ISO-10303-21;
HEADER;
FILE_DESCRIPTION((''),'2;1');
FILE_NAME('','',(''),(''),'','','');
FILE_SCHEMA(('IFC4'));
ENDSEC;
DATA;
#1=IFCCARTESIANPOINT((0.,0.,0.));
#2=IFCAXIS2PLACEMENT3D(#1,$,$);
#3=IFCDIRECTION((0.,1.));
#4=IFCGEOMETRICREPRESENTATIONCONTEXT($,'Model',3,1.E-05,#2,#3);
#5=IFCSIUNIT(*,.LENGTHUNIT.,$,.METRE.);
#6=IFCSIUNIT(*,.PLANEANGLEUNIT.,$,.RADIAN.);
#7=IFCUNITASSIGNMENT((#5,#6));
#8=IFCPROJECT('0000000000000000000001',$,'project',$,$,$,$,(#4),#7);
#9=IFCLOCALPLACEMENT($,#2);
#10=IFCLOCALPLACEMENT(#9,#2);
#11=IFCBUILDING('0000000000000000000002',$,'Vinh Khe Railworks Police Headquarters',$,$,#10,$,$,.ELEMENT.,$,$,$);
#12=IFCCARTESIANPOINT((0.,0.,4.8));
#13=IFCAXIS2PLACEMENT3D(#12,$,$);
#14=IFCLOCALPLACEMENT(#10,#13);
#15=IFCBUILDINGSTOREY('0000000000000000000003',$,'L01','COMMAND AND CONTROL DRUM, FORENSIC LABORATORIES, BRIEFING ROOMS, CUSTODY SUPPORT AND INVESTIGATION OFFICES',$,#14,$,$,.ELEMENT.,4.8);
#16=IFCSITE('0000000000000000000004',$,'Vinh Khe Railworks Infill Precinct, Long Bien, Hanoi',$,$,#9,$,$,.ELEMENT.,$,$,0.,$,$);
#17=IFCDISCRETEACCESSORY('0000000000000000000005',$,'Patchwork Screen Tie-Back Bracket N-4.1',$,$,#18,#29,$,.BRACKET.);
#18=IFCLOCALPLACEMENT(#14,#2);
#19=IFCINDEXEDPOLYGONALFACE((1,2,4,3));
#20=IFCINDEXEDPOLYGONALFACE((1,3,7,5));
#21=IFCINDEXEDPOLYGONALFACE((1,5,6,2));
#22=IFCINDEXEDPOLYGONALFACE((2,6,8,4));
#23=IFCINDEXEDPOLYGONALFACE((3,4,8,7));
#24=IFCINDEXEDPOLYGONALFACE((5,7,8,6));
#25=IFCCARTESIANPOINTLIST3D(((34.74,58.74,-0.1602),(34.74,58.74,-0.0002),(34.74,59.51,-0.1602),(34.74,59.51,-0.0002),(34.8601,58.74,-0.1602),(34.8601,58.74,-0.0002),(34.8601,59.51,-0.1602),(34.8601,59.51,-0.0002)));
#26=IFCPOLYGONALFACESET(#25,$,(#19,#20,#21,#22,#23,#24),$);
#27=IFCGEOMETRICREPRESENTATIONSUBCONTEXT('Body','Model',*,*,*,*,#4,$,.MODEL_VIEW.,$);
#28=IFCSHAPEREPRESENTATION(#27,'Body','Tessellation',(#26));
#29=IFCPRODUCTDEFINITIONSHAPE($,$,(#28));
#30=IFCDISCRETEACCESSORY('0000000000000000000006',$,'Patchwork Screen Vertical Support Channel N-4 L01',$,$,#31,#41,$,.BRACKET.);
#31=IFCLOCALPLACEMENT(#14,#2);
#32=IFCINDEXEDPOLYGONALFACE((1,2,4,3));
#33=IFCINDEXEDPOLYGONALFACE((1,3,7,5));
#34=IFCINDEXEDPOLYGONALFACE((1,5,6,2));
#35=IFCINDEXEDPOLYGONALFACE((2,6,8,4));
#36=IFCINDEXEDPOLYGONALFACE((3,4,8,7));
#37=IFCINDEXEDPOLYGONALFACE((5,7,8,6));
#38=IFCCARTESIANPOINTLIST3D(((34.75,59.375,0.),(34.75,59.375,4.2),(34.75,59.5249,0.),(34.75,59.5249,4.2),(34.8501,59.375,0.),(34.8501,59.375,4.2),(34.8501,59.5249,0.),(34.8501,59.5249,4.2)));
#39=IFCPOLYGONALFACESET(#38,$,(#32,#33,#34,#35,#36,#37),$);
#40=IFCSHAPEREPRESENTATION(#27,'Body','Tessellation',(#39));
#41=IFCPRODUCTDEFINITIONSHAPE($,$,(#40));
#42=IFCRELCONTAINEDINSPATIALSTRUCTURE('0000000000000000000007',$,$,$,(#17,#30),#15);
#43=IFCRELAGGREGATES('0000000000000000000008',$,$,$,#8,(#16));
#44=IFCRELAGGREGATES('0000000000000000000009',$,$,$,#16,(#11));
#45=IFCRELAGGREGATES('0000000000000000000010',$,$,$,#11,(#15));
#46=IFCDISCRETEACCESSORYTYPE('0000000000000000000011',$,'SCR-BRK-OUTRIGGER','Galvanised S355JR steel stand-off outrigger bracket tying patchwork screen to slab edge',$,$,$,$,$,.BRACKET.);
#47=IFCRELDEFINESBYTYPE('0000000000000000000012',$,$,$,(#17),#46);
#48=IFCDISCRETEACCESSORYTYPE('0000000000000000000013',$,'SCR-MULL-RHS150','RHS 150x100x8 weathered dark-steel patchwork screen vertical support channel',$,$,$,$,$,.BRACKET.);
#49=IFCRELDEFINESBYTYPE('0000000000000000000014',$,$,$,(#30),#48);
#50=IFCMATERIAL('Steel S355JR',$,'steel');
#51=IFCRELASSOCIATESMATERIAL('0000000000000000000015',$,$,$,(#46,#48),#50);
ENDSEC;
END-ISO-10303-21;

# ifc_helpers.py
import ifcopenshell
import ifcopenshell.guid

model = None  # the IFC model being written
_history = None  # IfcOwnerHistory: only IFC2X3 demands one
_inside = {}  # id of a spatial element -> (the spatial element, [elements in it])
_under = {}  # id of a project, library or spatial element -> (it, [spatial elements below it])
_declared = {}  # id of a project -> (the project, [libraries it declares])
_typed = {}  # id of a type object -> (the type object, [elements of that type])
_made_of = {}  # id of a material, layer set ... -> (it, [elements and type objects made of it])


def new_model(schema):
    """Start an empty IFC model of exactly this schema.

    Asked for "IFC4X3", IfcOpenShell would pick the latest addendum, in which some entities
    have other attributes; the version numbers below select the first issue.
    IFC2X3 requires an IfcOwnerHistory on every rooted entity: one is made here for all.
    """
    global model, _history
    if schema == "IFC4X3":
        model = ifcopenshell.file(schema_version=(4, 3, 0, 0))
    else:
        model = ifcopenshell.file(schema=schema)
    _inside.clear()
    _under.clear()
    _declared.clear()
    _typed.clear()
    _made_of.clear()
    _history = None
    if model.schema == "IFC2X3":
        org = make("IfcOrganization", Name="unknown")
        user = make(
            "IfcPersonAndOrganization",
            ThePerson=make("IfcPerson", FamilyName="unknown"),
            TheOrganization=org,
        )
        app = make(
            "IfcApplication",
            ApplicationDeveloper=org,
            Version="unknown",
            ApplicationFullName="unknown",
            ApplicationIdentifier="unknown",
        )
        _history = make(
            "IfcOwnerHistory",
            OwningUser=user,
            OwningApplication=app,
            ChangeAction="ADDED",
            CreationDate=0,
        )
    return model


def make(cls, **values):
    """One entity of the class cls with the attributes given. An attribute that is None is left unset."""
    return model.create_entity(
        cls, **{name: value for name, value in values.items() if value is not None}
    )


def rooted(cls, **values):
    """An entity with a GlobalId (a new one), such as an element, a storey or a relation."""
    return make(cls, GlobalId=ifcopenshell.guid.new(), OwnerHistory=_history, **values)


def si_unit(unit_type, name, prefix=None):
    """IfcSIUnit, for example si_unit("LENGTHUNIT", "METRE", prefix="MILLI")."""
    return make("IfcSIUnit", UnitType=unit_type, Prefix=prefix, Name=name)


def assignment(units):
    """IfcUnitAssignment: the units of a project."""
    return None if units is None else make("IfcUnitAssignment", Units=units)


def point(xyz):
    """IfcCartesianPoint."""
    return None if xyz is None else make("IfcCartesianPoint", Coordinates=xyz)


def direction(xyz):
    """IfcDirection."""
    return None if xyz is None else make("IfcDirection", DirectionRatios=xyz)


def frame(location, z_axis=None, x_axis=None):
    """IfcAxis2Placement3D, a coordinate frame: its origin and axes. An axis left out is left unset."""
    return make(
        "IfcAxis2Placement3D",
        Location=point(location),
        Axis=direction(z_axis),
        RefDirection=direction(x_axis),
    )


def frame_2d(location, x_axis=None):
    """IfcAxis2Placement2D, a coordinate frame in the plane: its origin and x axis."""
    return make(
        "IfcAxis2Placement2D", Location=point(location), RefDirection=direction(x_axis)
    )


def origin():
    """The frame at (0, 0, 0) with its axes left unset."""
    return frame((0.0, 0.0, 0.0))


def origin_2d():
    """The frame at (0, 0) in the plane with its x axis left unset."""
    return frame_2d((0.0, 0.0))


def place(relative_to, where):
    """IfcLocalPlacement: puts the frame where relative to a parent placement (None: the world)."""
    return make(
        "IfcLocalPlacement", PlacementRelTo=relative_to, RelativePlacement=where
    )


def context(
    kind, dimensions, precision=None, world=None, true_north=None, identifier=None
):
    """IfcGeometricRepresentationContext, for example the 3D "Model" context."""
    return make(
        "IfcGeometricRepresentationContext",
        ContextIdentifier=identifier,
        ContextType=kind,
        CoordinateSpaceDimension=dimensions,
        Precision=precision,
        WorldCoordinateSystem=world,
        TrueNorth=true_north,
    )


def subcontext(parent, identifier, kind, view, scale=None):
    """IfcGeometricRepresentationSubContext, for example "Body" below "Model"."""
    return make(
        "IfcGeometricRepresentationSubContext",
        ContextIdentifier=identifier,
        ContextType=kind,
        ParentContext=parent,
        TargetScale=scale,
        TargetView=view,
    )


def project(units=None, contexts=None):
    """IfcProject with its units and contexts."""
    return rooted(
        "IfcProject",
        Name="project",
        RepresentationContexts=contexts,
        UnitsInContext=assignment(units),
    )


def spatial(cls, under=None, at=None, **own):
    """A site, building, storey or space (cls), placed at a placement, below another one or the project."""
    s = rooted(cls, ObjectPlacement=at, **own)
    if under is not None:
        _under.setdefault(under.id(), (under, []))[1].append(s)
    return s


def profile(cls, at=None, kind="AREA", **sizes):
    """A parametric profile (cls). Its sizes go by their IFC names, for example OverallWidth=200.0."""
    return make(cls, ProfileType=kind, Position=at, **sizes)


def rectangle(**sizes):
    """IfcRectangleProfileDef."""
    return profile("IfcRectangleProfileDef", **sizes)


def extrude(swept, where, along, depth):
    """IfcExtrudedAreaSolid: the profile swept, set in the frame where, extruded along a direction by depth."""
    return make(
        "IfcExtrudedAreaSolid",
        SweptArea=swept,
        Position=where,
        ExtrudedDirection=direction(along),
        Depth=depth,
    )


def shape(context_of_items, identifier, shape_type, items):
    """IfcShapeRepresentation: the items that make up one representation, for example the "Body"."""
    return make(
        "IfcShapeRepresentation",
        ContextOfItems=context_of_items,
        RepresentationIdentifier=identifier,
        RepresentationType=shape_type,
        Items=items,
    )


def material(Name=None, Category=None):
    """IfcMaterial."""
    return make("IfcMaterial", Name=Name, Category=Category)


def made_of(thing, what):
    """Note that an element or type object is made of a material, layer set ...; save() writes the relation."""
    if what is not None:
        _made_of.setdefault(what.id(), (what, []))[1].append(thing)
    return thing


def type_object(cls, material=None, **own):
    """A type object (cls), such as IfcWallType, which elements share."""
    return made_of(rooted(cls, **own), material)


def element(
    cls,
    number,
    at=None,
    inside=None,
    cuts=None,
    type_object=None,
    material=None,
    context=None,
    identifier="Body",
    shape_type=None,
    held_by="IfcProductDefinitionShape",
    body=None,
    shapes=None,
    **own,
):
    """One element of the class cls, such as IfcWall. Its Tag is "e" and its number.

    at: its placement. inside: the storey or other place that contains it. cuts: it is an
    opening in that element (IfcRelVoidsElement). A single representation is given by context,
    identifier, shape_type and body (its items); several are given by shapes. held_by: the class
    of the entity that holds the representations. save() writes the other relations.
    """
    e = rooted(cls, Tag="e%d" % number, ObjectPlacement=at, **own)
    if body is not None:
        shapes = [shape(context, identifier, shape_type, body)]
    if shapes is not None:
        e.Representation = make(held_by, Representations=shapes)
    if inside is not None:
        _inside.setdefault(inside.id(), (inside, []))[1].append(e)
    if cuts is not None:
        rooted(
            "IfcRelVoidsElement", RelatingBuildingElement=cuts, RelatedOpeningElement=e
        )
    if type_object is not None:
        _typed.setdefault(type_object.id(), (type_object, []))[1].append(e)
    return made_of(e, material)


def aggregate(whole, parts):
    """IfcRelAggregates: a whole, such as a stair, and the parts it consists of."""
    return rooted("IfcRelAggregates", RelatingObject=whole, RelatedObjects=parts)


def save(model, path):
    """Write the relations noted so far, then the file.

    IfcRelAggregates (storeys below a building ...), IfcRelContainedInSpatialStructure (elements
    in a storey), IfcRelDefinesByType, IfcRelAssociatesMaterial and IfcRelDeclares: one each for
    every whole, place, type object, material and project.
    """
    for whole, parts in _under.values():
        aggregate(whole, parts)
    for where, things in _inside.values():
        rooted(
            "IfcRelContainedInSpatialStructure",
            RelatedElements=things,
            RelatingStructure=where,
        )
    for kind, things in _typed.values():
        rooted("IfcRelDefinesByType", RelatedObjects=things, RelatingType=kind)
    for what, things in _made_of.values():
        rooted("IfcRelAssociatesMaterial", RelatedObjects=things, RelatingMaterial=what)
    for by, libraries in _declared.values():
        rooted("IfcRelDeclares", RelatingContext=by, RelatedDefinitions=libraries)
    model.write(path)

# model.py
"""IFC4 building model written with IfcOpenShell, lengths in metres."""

from ifc_helpers import new_model, si_unit, direction, frame, origin, origin_2d, place, context, subcontext, project, spatial, rectangle, extrude, material, type_object, element, save


model = new_model("IFC4")

# Units and contexts
model_context = context("Model", 3, precision=1e-05, world=origin(), true_north=direction((0.0, 1.0)))
body_context = subcontext(model_context, "Body", "Model", "MODEL_VIEW")
ifc_project = project(units=[si_unit("LENGTHUNIT", "METRE"), si_unit("PLANEANGLEUNIT", "RADIAN")], contexts=[model_context])

# Site, building, storey
site_placement = place(None, origin())
site = spatial("IfcSite", under=ifc_project, at=site_placement, Name="Vinh Khe Railworks Infill Precinct, Long Bien, Hanoi", CompositionType="ELEMENT", RefElevation=0.0)
building_placement = place(site_placement, origin())
building = spatial("IfcBuilding", under=site, at=building_placement, Name="Vinh Khe Railworks Police Headquarters", CompositionType="ELEMENT")
storey_placement = place(building_placement, frame((0.0, 0.0, 4.8)))
storey = spatial("IfcBuildingStorey", under=building, at=storey_placement, Name="L01", Description="COMMAND AND CONTROL DRUM, FORENSIC LABORATORIES, BRIEFING ROOMS, CUSTODY SUPPORT AND INVESTIGATION OFFICES", CompositionType="ELEMENT", Elevation=4.8)

# Shared definitions
ifc_material_1 = material(Name="Steel S355JR", Category="steel")

# Discrete accessories
discrete_accessory_type_1 = type_object("IfcDiscreteAccessoryType", Name="SCR-BRK-OUTRIGGER", Description="Galvanised S355JR steel stand-off outrigger bracket tying patchwork screen to slab edge", PredefinedType="BRACKET", material=ifc_material_1)
discrete_accessory_1_placement = place(storey_placement, frame((34.8, 59.125, -0.1602), z_axis=(0.0, 0.0, 1.0), x_axis=(1.0, 0.0, 0.0)))
element("IfcDiscreteAccessory", 1, at=discrete_accessory_1_placement, inside=storey, type_object=discrete_accessory_type_1, Name="Patchwork Screen Tie-Back Bracket N-4.1", PredefinedType="BRACKET", context=body_context, shape_type="SweptSolid", body=[
    extrude(rectangle(XDim=0.1201, YDim=0.77, at=origin_2d()), origin(), (0.0, 0.0, 1.0), 0.1599),
])
discrete_accessory_type_2 = type_object("IfcDiscreteAccessoryType", Name="SCR-MULL-RHS150", Description="RHS 150x100x8 weathered dark-steel patchwork screen vertical support channel", PredefinedType="BRACKET", material=ifc_material_1)
discrete_accessory_2_placement = place(storey_placement, frame((34.8, 59.45, 0.0), z_axis=(0.0, 0.0, 1.0), x_axis=(1.0, 0.0, 0.0)))
element("IfcDiscreteAccessory", 2, at=discrete_accessory_2_placement, inside=storey, type_object=discrete_accessory_type_2, Name="Patchwork Screen Vertical Support Channel N-4 L01", PredefinedType="BRACKET", context=body_context, shape_type="SweptSolid", body=[
    extrude(rectangle(XDim=0.1001, YDim=0.1499, at=origin_2d()), origin(), (0.0, 0.0, 1.0), 4.2),
])

save(model, "model.ifc")
